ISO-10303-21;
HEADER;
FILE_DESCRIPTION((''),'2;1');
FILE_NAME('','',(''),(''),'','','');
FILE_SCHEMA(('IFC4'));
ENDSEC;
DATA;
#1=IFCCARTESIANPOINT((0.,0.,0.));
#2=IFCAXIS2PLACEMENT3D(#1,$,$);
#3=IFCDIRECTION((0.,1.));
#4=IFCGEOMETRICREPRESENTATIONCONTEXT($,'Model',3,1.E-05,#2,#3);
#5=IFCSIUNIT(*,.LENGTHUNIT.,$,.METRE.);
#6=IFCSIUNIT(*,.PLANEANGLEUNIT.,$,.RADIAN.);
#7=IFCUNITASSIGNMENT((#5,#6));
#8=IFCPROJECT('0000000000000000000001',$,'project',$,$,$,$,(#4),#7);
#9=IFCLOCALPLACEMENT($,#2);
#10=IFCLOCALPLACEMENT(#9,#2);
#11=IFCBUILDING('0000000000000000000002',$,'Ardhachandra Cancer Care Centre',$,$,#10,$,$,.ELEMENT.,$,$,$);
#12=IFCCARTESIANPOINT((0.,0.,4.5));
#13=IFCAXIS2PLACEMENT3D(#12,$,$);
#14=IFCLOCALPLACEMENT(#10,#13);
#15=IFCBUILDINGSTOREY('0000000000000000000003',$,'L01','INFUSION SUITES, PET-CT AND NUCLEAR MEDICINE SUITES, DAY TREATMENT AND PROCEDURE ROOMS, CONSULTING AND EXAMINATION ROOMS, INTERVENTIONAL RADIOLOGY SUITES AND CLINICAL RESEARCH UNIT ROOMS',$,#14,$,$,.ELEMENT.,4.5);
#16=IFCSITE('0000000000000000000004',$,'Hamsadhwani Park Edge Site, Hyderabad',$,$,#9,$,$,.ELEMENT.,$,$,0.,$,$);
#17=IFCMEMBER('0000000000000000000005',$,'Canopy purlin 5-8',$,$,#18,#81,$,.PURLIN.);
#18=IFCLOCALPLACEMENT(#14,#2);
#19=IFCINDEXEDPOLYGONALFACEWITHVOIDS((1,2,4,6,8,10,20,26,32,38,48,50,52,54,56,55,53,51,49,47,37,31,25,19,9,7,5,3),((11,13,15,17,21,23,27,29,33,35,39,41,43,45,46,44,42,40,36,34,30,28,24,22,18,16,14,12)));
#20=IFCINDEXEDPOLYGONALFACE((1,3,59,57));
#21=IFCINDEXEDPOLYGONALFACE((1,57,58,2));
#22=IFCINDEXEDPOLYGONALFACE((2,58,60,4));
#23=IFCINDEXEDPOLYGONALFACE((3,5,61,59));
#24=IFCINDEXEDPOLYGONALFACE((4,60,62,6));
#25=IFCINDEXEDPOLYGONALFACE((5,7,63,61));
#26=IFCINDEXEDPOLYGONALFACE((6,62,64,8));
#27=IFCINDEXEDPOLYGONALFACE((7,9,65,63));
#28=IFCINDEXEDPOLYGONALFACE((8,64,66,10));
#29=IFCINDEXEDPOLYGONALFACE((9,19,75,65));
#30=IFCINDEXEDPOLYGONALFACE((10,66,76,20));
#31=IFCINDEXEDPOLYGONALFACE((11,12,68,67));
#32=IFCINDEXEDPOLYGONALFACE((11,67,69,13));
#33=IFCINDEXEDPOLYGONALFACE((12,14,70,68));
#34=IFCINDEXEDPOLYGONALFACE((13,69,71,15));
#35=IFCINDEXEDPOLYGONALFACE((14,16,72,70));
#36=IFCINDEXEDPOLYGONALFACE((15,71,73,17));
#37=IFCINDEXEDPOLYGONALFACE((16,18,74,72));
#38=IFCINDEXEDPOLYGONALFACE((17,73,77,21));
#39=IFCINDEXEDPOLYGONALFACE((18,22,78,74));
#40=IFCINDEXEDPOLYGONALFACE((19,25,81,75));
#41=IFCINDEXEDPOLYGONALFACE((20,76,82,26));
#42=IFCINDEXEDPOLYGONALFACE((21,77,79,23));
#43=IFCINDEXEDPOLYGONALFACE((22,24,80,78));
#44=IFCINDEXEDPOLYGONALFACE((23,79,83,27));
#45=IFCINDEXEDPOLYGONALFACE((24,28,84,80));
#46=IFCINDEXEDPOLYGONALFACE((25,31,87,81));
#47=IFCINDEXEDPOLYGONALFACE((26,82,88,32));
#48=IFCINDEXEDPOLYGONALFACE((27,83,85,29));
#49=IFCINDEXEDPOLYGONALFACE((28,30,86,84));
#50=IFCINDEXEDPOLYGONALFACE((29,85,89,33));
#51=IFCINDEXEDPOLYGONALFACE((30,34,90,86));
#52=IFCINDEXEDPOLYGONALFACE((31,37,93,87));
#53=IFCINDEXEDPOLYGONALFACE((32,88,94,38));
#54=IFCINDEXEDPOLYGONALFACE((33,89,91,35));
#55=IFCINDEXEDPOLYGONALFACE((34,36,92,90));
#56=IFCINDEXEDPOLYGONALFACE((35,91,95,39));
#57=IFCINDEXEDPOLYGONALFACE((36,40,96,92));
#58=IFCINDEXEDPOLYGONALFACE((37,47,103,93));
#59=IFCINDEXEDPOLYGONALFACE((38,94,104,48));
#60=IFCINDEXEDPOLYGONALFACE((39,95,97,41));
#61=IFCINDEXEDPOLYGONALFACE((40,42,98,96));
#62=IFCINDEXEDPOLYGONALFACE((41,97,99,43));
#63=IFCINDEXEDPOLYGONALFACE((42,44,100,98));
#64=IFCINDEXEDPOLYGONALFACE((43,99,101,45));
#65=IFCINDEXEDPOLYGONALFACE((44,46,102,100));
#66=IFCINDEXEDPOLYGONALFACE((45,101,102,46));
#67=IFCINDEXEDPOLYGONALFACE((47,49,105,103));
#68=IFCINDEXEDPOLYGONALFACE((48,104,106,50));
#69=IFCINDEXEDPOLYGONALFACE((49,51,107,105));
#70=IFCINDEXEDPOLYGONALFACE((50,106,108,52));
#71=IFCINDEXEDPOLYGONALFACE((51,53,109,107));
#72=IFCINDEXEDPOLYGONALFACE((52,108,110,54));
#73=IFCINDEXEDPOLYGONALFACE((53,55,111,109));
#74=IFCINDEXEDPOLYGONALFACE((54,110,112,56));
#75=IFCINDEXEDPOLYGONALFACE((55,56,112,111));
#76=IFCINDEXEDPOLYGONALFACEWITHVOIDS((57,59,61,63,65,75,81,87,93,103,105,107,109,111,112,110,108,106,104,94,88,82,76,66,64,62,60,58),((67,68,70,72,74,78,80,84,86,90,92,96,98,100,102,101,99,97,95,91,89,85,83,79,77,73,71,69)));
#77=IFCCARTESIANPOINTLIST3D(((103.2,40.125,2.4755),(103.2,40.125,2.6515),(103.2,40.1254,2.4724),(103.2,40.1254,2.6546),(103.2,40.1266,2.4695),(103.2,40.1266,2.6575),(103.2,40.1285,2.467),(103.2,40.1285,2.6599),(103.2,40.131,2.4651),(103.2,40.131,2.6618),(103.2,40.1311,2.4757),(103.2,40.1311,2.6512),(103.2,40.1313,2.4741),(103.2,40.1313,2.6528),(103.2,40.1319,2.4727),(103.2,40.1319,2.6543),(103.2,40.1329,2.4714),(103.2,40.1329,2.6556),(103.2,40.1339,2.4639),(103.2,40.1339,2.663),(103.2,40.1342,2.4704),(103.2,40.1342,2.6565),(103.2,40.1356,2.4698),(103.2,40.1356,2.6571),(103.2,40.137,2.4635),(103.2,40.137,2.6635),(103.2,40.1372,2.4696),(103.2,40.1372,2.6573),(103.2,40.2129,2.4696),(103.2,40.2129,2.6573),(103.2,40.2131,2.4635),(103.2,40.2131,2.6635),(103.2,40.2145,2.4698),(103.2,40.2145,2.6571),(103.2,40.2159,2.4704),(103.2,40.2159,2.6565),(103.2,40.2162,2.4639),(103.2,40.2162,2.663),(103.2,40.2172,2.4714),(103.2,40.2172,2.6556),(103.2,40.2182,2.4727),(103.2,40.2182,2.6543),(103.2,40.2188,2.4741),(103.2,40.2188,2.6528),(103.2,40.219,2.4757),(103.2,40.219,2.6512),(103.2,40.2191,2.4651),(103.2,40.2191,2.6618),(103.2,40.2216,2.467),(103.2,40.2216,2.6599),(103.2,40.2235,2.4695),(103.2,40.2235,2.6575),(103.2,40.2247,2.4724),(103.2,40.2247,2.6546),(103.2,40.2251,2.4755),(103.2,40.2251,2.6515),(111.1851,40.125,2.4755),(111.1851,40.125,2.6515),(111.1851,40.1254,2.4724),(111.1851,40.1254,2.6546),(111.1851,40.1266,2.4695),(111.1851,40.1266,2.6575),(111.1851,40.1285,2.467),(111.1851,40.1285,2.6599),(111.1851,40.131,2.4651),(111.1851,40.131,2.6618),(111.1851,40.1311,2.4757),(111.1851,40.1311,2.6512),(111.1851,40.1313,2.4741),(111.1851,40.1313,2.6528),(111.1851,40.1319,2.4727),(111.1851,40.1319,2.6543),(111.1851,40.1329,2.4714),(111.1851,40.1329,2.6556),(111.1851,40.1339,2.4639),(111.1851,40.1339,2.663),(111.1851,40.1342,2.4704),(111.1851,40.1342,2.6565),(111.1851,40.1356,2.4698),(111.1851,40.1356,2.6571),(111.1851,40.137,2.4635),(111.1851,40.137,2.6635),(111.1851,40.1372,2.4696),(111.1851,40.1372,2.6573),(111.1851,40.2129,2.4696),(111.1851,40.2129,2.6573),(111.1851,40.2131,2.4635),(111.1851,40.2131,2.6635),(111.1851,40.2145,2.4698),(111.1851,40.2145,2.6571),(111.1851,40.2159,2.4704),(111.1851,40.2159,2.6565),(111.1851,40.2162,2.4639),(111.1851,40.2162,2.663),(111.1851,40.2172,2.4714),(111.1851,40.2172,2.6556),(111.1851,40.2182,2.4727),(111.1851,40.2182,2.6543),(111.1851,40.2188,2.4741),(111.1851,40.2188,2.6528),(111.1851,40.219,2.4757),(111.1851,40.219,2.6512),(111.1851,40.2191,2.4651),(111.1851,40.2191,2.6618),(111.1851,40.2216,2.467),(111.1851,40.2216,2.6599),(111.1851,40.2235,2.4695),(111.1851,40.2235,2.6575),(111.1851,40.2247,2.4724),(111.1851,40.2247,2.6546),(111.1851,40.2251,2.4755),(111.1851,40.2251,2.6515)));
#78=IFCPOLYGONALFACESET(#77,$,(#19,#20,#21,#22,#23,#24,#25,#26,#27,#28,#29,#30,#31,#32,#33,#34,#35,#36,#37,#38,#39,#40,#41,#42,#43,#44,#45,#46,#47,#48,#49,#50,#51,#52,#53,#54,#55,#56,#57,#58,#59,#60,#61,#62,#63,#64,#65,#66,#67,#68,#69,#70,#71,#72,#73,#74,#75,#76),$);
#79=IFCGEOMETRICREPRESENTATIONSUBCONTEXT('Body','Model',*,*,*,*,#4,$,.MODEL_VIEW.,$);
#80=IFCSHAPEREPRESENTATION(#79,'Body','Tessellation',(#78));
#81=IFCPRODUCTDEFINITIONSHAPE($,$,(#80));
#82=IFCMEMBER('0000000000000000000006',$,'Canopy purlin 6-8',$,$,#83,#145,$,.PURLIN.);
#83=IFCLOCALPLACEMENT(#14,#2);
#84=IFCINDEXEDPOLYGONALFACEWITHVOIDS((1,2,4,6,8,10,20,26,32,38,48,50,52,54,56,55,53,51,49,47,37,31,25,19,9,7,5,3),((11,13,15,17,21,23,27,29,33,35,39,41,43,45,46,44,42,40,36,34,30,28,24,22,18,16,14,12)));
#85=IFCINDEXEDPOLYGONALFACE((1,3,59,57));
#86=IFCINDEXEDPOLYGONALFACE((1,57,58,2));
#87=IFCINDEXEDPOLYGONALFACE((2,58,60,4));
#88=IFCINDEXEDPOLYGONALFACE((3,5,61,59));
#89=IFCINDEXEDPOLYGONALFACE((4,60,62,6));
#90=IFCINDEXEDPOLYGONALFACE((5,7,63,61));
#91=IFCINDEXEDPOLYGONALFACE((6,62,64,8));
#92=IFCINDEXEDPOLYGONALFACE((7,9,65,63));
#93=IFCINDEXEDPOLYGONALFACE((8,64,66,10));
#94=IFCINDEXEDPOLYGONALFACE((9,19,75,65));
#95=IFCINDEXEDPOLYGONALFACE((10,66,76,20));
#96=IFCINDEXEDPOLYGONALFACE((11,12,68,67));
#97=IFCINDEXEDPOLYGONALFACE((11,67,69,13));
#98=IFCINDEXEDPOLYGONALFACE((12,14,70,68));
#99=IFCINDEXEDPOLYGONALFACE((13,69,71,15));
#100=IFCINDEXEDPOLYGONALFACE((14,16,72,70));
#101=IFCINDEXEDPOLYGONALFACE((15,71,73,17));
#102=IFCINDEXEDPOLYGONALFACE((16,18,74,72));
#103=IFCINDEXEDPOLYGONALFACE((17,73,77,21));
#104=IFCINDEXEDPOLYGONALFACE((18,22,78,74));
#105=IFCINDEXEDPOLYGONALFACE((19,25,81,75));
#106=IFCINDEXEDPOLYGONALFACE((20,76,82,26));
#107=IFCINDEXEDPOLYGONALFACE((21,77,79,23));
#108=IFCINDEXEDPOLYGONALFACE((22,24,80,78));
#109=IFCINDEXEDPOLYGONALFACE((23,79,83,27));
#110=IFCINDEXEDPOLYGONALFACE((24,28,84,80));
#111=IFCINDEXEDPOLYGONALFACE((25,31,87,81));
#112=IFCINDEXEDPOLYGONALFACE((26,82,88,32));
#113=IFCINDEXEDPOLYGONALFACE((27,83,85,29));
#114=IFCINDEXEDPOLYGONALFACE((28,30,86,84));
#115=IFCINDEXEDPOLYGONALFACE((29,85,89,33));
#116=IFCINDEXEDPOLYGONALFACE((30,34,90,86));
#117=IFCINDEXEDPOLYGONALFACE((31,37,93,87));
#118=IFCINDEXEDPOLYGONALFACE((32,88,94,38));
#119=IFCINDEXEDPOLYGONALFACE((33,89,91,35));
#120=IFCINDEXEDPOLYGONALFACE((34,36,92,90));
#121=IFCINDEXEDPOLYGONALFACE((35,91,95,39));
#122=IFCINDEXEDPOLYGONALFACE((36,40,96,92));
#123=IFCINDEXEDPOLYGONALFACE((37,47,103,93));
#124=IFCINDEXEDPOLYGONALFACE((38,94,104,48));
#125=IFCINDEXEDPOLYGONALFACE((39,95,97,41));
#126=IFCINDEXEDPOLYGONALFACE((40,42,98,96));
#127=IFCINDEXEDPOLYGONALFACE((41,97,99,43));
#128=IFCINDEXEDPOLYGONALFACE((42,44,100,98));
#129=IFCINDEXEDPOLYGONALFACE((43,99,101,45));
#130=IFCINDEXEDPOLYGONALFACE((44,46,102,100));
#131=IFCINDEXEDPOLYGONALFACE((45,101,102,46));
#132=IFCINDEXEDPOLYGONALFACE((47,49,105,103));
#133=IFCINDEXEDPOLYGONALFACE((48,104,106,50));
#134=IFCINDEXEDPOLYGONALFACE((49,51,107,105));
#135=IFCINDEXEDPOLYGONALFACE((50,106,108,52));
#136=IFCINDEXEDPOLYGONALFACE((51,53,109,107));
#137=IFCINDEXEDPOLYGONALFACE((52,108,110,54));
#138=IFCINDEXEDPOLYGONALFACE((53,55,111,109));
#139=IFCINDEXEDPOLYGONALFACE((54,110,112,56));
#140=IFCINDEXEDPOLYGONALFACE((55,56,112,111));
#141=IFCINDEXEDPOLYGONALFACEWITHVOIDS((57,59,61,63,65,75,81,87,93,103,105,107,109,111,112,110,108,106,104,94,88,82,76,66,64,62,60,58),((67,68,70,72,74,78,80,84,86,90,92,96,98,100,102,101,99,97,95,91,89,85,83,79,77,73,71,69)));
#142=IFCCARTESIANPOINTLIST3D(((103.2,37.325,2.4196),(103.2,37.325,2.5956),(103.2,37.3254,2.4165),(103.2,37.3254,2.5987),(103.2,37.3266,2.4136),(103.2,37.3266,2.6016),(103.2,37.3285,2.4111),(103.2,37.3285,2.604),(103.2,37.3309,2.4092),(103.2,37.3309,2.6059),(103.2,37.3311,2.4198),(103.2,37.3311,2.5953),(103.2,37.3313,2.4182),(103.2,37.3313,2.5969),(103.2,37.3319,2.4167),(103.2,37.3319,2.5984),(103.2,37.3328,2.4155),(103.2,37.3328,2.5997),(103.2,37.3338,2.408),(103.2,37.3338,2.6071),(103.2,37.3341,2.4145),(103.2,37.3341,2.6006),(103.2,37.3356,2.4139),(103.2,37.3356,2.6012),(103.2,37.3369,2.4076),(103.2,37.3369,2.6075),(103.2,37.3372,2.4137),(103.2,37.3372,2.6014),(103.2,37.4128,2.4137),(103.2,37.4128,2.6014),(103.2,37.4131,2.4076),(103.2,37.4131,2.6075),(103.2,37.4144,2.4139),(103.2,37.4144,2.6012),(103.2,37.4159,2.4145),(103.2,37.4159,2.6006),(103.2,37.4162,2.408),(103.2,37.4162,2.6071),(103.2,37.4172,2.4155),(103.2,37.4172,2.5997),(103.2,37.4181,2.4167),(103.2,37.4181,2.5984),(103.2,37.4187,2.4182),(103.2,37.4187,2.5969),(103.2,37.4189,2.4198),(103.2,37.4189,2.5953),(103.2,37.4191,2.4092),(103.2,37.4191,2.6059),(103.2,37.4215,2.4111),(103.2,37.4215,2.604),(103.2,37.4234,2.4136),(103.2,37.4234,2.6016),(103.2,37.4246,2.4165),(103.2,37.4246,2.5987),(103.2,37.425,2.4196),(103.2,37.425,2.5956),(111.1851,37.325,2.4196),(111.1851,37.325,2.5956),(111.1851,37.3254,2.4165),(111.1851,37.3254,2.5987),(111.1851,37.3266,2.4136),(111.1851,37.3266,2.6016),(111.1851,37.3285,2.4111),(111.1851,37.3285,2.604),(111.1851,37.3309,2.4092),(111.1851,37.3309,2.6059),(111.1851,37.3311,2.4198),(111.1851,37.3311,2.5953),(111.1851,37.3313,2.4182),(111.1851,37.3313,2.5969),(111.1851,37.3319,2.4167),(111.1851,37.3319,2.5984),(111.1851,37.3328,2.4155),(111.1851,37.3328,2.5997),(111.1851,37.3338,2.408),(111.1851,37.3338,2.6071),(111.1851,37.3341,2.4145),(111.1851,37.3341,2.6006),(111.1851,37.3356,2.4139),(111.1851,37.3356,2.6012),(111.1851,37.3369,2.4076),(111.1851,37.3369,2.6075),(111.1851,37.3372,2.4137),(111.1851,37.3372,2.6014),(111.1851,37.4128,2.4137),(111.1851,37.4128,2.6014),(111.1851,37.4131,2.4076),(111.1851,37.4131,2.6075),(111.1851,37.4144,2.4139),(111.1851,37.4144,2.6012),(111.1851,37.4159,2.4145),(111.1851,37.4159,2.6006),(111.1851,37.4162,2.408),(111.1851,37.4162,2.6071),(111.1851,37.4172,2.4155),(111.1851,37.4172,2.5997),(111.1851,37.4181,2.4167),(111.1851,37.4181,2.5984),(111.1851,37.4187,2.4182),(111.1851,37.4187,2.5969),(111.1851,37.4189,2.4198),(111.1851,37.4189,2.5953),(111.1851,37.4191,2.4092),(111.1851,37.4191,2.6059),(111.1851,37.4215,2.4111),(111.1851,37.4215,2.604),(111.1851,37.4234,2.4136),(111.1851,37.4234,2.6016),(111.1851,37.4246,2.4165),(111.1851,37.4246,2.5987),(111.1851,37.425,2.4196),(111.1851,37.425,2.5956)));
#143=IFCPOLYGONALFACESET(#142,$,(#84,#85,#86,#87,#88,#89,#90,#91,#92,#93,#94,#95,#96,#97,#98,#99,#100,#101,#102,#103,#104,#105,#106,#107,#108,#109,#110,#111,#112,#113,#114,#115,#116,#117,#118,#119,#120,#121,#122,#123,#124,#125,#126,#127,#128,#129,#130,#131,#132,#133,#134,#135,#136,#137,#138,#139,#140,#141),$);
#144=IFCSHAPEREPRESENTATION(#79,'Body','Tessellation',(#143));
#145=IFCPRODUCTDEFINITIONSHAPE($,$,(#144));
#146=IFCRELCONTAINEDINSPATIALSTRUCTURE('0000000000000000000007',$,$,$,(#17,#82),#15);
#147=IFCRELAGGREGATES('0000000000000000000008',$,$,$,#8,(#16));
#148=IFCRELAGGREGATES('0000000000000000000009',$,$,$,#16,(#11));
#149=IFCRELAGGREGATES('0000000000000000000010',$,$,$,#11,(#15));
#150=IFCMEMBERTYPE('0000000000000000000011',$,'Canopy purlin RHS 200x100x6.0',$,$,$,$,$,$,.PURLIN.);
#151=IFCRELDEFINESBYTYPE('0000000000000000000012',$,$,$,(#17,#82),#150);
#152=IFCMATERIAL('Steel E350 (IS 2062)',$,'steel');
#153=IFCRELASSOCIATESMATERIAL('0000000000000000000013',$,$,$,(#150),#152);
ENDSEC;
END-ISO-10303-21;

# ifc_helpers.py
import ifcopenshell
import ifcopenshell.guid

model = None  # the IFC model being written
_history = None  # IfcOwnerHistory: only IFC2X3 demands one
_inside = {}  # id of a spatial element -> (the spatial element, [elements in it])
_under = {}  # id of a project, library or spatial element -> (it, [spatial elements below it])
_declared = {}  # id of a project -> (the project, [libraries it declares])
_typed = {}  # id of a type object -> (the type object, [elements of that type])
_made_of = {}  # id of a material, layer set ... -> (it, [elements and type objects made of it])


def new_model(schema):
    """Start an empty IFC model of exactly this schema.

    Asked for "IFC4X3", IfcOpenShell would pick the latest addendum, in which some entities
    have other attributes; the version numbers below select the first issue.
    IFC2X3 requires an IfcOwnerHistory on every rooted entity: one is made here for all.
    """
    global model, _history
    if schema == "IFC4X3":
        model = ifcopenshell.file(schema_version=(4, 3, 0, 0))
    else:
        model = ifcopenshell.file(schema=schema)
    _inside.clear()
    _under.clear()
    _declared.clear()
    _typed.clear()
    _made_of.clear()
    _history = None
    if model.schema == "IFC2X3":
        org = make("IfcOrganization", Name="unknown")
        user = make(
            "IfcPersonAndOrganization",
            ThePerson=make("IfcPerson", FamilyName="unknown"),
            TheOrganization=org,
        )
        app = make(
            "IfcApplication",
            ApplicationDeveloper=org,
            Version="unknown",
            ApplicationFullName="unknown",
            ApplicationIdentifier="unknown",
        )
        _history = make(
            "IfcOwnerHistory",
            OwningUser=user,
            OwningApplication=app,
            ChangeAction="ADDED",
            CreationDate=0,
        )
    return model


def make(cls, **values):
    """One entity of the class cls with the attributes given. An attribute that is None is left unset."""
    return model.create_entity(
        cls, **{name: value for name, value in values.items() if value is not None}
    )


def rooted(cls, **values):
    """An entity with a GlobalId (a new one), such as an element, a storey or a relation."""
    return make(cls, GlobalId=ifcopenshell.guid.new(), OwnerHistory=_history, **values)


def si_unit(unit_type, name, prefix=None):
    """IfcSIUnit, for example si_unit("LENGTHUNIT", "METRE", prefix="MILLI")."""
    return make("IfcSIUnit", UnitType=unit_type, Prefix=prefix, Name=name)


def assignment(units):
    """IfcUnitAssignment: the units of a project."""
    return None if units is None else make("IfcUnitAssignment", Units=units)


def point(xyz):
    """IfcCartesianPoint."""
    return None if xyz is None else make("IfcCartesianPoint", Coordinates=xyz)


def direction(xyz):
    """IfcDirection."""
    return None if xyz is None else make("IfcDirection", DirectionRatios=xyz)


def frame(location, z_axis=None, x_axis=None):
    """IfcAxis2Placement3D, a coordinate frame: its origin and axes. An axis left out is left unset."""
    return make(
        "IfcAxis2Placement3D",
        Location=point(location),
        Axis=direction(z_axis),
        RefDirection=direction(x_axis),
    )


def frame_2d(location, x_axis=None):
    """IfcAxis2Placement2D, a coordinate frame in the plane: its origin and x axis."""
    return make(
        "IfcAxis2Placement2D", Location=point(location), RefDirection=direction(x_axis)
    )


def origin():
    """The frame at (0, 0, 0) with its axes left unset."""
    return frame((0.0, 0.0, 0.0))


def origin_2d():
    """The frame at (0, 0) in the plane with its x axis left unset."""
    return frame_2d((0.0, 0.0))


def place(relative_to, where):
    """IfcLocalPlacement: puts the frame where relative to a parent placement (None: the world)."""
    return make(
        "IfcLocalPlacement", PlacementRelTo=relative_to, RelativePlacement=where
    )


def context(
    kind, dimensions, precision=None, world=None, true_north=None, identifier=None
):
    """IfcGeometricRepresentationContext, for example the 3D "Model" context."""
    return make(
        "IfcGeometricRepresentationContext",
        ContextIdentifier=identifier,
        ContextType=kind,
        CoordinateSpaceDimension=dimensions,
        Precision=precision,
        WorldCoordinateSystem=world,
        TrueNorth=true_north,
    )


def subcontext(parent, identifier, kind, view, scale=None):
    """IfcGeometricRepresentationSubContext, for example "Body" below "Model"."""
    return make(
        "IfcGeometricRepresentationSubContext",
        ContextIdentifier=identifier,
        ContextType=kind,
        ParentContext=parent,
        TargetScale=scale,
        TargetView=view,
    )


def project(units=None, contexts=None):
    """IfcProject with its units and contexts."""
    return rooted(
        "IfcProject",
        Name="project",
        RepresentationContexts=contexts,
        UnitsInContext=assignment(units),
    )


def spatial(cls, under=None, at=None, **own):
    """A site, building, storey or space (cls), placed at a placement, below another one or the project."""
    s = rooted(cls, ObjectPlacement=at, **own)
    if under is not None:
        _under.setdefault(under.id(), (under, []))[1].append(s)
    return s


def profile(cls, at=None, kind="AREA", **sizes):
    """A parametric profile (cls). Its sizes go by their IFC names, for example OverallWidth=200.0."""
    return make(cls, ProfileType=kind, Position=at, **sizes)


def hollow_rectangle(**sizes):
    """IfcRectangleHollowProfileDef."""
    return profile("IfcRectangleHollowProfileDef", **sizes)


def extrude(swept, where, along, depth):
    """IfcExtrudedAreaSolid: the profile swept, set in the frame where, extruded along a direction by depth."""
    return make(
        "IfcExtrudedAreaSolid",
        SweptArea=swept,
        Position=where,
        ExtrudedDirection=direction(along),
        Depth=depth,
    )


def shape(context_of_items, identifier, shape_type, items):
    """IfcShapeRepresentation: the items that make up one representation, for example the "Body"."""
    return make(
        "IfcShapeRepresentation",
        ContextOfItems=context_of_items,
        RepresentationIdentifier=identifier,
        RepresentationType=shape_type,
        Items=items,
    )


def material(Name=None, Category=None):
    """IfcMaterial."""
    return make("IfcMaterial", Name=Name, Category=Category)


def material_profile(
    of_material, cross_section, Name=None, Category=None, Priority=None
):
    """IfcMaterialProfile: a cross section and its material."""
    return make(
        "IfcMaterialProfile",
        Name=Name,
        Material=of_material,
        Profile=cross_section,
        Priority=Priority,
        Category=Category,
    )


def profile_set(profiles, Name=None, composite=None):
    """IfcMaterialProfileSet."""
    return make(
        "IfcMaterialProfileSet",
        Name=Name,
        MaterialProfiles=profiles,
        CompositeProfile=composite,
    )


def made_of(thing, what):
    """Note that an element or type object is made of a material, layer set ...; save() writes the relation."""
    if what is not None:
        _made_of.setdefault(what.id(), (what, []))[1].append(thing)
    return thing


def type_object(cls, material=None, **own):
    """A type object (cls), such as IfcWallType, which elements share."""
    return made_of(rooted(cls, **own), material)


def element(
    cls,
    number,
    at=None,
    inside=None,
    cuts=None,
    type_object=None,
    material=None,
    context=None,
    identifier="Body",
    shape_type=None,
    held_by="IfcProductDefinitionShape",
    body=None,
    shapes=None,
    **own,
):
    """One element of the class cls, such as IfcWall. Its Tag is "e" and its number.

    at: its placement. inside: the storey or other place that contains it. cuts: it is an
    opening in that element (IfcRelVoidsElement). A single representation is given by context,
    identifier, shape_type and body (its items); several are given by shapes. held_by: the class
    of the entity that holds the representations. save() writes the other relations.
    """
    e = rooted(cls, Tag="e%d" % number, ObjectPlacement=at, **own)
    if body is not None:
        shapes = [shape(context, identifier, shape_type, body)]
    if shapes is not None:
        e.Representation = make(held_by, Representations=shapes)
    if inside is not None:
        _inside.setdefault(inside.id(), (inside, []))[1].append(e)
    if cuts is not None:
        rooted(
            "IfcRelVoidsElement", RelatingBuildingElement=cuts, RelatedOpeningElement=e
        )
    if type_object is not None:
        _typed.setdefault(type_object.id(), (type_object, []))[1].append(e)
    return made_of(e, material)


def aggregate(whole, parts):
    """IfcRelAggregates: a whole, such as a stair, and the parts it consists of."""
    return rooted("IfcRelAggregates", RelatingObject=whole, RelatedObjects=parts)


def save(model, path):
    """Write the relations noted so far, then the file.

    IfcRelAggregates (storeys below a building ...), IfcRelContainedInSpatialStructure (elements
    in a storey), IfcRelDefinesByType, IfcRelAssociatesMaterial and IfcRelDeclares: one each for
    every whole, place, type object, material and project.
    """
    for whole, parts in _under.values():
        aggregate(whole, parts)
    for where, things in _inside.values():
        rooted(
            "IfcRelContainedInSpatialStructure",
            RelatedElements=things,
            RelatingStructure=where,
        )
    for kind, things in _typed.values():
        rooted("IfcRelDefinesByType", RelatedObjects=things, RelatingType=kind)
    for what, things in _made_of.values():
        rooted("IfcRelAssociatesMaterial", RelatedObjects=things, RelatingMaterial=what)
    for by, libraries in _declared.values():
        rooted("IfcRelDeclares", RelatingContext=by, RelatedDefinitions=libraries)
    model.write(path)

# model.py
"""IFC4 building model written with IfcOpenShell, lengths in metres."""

from ifc_helpers import new_model, si_unit, direction, frame, origin, origin_2d, place, context, subcontext, project, spatial, hollow_rectangle, extrude, material, material_profile, profile_set, type_object, element, save


model = new_model("IFC4")

# Units and contexts
model_context = context("Model", 3, precision=1e-05, world=origin(), true_north=direction((0.0, 1.0)))
body_context = subcontext(model_context, "Body", "Model", "MODEL_VIEW")
ifc_project = project(units=[si_unit("LENGTHUNIT", "METRE"), si_unit("PLANEANGLEUNIT", "RADIAN")], contexts=[model_context])

# Site, building, storey
site_placement = place(None, origin())
site = spatial("IfcSite", under=ifc_project, at=site_placement, Name="Hamsadhwani Park Edge Site, Hyderabad", CompositionType="ELEMENT", RefElevation=0.0)
building_placement = place(site_placement, origin())
building = spatial("IfcBuilding", under=site, at=building_placement, Name="Ardhachandra Cancer Care Centre", CompositionType="ELEMENT")
storey_placement = place(building_placement, frame((0.0, 0.0, 4.5)))
storey = spatial("IfcBuildingStorey", under=building, at=storey_placement, Name="L01", Description="INFUSION SUITES, PET-CT AND NUCLEAR MEDICINE SUITES, DAY TREATMENT AND PROCEDURE ROOMS, CONSULTING AND EXAMINATION ROOMS, INTERVENTIONAL RADIOLOGY SUITES AND CLINICAL RESEARCH UNIT ROOMS", CompositionType="ELEMENT", Elevation=4.5)

# Members
ifc_material_1 = material(Name="Steel E350 (IS 2062)", Category="steel")
ifc_material_profile_1 = material_profile(ifc_material_1, hollow_rectangle(XDim=0.1001, YDim=0.2, WallThickness=0.0061, InnerFilletRadius=0.0061, OuterFilletRadius=0.012, at=origin_2d()), Name="RHS 200x100x6.0")
ifc_profile_set_1 = profile_set([ifc_material_profile_1], Name="Steel E350 (IS 2062)")
member_type_1 = type_object("IfcMemberType", Name="Canopy purlin RHS 200x100x6.0", PredefinedType="PURLIN", material=ifc_profile_set_1)
for number, where, z_axis, x_axis, name in (
    (1, (103.2, 40.175, 2.5635), (1.0, 0.0, 0.0), (0.0, 1.0, 0.0), "Canopy purlin 5-8"),
    (2, (103.2, 37.375, 2.5076), (1.0, 0.0, 0.0), (0.0, 1.0, 0.0), "Canopy purlin 6-8"),
):
    element("IfcMember", number, at=place(storey_placement, frame(where, z_axis=z_axis, x_axis=x_axis)), inside=storey, type_object=member_type_1, Name=name, PredefinedType="PURLIN", context=body_context, shape_type="SweptSolid", body=[
        extrude(hollow_rectangle(XDim=0.1001, YDim=0.2, WallThickness=0.0061, InnerFilletRadius=0.0061, OuterFilletRadius=0.012, at=origin_2d()), origin(), (0.0, 0.0, 1.0), 7.9851),
    ])

save(model, "model.ifc")
